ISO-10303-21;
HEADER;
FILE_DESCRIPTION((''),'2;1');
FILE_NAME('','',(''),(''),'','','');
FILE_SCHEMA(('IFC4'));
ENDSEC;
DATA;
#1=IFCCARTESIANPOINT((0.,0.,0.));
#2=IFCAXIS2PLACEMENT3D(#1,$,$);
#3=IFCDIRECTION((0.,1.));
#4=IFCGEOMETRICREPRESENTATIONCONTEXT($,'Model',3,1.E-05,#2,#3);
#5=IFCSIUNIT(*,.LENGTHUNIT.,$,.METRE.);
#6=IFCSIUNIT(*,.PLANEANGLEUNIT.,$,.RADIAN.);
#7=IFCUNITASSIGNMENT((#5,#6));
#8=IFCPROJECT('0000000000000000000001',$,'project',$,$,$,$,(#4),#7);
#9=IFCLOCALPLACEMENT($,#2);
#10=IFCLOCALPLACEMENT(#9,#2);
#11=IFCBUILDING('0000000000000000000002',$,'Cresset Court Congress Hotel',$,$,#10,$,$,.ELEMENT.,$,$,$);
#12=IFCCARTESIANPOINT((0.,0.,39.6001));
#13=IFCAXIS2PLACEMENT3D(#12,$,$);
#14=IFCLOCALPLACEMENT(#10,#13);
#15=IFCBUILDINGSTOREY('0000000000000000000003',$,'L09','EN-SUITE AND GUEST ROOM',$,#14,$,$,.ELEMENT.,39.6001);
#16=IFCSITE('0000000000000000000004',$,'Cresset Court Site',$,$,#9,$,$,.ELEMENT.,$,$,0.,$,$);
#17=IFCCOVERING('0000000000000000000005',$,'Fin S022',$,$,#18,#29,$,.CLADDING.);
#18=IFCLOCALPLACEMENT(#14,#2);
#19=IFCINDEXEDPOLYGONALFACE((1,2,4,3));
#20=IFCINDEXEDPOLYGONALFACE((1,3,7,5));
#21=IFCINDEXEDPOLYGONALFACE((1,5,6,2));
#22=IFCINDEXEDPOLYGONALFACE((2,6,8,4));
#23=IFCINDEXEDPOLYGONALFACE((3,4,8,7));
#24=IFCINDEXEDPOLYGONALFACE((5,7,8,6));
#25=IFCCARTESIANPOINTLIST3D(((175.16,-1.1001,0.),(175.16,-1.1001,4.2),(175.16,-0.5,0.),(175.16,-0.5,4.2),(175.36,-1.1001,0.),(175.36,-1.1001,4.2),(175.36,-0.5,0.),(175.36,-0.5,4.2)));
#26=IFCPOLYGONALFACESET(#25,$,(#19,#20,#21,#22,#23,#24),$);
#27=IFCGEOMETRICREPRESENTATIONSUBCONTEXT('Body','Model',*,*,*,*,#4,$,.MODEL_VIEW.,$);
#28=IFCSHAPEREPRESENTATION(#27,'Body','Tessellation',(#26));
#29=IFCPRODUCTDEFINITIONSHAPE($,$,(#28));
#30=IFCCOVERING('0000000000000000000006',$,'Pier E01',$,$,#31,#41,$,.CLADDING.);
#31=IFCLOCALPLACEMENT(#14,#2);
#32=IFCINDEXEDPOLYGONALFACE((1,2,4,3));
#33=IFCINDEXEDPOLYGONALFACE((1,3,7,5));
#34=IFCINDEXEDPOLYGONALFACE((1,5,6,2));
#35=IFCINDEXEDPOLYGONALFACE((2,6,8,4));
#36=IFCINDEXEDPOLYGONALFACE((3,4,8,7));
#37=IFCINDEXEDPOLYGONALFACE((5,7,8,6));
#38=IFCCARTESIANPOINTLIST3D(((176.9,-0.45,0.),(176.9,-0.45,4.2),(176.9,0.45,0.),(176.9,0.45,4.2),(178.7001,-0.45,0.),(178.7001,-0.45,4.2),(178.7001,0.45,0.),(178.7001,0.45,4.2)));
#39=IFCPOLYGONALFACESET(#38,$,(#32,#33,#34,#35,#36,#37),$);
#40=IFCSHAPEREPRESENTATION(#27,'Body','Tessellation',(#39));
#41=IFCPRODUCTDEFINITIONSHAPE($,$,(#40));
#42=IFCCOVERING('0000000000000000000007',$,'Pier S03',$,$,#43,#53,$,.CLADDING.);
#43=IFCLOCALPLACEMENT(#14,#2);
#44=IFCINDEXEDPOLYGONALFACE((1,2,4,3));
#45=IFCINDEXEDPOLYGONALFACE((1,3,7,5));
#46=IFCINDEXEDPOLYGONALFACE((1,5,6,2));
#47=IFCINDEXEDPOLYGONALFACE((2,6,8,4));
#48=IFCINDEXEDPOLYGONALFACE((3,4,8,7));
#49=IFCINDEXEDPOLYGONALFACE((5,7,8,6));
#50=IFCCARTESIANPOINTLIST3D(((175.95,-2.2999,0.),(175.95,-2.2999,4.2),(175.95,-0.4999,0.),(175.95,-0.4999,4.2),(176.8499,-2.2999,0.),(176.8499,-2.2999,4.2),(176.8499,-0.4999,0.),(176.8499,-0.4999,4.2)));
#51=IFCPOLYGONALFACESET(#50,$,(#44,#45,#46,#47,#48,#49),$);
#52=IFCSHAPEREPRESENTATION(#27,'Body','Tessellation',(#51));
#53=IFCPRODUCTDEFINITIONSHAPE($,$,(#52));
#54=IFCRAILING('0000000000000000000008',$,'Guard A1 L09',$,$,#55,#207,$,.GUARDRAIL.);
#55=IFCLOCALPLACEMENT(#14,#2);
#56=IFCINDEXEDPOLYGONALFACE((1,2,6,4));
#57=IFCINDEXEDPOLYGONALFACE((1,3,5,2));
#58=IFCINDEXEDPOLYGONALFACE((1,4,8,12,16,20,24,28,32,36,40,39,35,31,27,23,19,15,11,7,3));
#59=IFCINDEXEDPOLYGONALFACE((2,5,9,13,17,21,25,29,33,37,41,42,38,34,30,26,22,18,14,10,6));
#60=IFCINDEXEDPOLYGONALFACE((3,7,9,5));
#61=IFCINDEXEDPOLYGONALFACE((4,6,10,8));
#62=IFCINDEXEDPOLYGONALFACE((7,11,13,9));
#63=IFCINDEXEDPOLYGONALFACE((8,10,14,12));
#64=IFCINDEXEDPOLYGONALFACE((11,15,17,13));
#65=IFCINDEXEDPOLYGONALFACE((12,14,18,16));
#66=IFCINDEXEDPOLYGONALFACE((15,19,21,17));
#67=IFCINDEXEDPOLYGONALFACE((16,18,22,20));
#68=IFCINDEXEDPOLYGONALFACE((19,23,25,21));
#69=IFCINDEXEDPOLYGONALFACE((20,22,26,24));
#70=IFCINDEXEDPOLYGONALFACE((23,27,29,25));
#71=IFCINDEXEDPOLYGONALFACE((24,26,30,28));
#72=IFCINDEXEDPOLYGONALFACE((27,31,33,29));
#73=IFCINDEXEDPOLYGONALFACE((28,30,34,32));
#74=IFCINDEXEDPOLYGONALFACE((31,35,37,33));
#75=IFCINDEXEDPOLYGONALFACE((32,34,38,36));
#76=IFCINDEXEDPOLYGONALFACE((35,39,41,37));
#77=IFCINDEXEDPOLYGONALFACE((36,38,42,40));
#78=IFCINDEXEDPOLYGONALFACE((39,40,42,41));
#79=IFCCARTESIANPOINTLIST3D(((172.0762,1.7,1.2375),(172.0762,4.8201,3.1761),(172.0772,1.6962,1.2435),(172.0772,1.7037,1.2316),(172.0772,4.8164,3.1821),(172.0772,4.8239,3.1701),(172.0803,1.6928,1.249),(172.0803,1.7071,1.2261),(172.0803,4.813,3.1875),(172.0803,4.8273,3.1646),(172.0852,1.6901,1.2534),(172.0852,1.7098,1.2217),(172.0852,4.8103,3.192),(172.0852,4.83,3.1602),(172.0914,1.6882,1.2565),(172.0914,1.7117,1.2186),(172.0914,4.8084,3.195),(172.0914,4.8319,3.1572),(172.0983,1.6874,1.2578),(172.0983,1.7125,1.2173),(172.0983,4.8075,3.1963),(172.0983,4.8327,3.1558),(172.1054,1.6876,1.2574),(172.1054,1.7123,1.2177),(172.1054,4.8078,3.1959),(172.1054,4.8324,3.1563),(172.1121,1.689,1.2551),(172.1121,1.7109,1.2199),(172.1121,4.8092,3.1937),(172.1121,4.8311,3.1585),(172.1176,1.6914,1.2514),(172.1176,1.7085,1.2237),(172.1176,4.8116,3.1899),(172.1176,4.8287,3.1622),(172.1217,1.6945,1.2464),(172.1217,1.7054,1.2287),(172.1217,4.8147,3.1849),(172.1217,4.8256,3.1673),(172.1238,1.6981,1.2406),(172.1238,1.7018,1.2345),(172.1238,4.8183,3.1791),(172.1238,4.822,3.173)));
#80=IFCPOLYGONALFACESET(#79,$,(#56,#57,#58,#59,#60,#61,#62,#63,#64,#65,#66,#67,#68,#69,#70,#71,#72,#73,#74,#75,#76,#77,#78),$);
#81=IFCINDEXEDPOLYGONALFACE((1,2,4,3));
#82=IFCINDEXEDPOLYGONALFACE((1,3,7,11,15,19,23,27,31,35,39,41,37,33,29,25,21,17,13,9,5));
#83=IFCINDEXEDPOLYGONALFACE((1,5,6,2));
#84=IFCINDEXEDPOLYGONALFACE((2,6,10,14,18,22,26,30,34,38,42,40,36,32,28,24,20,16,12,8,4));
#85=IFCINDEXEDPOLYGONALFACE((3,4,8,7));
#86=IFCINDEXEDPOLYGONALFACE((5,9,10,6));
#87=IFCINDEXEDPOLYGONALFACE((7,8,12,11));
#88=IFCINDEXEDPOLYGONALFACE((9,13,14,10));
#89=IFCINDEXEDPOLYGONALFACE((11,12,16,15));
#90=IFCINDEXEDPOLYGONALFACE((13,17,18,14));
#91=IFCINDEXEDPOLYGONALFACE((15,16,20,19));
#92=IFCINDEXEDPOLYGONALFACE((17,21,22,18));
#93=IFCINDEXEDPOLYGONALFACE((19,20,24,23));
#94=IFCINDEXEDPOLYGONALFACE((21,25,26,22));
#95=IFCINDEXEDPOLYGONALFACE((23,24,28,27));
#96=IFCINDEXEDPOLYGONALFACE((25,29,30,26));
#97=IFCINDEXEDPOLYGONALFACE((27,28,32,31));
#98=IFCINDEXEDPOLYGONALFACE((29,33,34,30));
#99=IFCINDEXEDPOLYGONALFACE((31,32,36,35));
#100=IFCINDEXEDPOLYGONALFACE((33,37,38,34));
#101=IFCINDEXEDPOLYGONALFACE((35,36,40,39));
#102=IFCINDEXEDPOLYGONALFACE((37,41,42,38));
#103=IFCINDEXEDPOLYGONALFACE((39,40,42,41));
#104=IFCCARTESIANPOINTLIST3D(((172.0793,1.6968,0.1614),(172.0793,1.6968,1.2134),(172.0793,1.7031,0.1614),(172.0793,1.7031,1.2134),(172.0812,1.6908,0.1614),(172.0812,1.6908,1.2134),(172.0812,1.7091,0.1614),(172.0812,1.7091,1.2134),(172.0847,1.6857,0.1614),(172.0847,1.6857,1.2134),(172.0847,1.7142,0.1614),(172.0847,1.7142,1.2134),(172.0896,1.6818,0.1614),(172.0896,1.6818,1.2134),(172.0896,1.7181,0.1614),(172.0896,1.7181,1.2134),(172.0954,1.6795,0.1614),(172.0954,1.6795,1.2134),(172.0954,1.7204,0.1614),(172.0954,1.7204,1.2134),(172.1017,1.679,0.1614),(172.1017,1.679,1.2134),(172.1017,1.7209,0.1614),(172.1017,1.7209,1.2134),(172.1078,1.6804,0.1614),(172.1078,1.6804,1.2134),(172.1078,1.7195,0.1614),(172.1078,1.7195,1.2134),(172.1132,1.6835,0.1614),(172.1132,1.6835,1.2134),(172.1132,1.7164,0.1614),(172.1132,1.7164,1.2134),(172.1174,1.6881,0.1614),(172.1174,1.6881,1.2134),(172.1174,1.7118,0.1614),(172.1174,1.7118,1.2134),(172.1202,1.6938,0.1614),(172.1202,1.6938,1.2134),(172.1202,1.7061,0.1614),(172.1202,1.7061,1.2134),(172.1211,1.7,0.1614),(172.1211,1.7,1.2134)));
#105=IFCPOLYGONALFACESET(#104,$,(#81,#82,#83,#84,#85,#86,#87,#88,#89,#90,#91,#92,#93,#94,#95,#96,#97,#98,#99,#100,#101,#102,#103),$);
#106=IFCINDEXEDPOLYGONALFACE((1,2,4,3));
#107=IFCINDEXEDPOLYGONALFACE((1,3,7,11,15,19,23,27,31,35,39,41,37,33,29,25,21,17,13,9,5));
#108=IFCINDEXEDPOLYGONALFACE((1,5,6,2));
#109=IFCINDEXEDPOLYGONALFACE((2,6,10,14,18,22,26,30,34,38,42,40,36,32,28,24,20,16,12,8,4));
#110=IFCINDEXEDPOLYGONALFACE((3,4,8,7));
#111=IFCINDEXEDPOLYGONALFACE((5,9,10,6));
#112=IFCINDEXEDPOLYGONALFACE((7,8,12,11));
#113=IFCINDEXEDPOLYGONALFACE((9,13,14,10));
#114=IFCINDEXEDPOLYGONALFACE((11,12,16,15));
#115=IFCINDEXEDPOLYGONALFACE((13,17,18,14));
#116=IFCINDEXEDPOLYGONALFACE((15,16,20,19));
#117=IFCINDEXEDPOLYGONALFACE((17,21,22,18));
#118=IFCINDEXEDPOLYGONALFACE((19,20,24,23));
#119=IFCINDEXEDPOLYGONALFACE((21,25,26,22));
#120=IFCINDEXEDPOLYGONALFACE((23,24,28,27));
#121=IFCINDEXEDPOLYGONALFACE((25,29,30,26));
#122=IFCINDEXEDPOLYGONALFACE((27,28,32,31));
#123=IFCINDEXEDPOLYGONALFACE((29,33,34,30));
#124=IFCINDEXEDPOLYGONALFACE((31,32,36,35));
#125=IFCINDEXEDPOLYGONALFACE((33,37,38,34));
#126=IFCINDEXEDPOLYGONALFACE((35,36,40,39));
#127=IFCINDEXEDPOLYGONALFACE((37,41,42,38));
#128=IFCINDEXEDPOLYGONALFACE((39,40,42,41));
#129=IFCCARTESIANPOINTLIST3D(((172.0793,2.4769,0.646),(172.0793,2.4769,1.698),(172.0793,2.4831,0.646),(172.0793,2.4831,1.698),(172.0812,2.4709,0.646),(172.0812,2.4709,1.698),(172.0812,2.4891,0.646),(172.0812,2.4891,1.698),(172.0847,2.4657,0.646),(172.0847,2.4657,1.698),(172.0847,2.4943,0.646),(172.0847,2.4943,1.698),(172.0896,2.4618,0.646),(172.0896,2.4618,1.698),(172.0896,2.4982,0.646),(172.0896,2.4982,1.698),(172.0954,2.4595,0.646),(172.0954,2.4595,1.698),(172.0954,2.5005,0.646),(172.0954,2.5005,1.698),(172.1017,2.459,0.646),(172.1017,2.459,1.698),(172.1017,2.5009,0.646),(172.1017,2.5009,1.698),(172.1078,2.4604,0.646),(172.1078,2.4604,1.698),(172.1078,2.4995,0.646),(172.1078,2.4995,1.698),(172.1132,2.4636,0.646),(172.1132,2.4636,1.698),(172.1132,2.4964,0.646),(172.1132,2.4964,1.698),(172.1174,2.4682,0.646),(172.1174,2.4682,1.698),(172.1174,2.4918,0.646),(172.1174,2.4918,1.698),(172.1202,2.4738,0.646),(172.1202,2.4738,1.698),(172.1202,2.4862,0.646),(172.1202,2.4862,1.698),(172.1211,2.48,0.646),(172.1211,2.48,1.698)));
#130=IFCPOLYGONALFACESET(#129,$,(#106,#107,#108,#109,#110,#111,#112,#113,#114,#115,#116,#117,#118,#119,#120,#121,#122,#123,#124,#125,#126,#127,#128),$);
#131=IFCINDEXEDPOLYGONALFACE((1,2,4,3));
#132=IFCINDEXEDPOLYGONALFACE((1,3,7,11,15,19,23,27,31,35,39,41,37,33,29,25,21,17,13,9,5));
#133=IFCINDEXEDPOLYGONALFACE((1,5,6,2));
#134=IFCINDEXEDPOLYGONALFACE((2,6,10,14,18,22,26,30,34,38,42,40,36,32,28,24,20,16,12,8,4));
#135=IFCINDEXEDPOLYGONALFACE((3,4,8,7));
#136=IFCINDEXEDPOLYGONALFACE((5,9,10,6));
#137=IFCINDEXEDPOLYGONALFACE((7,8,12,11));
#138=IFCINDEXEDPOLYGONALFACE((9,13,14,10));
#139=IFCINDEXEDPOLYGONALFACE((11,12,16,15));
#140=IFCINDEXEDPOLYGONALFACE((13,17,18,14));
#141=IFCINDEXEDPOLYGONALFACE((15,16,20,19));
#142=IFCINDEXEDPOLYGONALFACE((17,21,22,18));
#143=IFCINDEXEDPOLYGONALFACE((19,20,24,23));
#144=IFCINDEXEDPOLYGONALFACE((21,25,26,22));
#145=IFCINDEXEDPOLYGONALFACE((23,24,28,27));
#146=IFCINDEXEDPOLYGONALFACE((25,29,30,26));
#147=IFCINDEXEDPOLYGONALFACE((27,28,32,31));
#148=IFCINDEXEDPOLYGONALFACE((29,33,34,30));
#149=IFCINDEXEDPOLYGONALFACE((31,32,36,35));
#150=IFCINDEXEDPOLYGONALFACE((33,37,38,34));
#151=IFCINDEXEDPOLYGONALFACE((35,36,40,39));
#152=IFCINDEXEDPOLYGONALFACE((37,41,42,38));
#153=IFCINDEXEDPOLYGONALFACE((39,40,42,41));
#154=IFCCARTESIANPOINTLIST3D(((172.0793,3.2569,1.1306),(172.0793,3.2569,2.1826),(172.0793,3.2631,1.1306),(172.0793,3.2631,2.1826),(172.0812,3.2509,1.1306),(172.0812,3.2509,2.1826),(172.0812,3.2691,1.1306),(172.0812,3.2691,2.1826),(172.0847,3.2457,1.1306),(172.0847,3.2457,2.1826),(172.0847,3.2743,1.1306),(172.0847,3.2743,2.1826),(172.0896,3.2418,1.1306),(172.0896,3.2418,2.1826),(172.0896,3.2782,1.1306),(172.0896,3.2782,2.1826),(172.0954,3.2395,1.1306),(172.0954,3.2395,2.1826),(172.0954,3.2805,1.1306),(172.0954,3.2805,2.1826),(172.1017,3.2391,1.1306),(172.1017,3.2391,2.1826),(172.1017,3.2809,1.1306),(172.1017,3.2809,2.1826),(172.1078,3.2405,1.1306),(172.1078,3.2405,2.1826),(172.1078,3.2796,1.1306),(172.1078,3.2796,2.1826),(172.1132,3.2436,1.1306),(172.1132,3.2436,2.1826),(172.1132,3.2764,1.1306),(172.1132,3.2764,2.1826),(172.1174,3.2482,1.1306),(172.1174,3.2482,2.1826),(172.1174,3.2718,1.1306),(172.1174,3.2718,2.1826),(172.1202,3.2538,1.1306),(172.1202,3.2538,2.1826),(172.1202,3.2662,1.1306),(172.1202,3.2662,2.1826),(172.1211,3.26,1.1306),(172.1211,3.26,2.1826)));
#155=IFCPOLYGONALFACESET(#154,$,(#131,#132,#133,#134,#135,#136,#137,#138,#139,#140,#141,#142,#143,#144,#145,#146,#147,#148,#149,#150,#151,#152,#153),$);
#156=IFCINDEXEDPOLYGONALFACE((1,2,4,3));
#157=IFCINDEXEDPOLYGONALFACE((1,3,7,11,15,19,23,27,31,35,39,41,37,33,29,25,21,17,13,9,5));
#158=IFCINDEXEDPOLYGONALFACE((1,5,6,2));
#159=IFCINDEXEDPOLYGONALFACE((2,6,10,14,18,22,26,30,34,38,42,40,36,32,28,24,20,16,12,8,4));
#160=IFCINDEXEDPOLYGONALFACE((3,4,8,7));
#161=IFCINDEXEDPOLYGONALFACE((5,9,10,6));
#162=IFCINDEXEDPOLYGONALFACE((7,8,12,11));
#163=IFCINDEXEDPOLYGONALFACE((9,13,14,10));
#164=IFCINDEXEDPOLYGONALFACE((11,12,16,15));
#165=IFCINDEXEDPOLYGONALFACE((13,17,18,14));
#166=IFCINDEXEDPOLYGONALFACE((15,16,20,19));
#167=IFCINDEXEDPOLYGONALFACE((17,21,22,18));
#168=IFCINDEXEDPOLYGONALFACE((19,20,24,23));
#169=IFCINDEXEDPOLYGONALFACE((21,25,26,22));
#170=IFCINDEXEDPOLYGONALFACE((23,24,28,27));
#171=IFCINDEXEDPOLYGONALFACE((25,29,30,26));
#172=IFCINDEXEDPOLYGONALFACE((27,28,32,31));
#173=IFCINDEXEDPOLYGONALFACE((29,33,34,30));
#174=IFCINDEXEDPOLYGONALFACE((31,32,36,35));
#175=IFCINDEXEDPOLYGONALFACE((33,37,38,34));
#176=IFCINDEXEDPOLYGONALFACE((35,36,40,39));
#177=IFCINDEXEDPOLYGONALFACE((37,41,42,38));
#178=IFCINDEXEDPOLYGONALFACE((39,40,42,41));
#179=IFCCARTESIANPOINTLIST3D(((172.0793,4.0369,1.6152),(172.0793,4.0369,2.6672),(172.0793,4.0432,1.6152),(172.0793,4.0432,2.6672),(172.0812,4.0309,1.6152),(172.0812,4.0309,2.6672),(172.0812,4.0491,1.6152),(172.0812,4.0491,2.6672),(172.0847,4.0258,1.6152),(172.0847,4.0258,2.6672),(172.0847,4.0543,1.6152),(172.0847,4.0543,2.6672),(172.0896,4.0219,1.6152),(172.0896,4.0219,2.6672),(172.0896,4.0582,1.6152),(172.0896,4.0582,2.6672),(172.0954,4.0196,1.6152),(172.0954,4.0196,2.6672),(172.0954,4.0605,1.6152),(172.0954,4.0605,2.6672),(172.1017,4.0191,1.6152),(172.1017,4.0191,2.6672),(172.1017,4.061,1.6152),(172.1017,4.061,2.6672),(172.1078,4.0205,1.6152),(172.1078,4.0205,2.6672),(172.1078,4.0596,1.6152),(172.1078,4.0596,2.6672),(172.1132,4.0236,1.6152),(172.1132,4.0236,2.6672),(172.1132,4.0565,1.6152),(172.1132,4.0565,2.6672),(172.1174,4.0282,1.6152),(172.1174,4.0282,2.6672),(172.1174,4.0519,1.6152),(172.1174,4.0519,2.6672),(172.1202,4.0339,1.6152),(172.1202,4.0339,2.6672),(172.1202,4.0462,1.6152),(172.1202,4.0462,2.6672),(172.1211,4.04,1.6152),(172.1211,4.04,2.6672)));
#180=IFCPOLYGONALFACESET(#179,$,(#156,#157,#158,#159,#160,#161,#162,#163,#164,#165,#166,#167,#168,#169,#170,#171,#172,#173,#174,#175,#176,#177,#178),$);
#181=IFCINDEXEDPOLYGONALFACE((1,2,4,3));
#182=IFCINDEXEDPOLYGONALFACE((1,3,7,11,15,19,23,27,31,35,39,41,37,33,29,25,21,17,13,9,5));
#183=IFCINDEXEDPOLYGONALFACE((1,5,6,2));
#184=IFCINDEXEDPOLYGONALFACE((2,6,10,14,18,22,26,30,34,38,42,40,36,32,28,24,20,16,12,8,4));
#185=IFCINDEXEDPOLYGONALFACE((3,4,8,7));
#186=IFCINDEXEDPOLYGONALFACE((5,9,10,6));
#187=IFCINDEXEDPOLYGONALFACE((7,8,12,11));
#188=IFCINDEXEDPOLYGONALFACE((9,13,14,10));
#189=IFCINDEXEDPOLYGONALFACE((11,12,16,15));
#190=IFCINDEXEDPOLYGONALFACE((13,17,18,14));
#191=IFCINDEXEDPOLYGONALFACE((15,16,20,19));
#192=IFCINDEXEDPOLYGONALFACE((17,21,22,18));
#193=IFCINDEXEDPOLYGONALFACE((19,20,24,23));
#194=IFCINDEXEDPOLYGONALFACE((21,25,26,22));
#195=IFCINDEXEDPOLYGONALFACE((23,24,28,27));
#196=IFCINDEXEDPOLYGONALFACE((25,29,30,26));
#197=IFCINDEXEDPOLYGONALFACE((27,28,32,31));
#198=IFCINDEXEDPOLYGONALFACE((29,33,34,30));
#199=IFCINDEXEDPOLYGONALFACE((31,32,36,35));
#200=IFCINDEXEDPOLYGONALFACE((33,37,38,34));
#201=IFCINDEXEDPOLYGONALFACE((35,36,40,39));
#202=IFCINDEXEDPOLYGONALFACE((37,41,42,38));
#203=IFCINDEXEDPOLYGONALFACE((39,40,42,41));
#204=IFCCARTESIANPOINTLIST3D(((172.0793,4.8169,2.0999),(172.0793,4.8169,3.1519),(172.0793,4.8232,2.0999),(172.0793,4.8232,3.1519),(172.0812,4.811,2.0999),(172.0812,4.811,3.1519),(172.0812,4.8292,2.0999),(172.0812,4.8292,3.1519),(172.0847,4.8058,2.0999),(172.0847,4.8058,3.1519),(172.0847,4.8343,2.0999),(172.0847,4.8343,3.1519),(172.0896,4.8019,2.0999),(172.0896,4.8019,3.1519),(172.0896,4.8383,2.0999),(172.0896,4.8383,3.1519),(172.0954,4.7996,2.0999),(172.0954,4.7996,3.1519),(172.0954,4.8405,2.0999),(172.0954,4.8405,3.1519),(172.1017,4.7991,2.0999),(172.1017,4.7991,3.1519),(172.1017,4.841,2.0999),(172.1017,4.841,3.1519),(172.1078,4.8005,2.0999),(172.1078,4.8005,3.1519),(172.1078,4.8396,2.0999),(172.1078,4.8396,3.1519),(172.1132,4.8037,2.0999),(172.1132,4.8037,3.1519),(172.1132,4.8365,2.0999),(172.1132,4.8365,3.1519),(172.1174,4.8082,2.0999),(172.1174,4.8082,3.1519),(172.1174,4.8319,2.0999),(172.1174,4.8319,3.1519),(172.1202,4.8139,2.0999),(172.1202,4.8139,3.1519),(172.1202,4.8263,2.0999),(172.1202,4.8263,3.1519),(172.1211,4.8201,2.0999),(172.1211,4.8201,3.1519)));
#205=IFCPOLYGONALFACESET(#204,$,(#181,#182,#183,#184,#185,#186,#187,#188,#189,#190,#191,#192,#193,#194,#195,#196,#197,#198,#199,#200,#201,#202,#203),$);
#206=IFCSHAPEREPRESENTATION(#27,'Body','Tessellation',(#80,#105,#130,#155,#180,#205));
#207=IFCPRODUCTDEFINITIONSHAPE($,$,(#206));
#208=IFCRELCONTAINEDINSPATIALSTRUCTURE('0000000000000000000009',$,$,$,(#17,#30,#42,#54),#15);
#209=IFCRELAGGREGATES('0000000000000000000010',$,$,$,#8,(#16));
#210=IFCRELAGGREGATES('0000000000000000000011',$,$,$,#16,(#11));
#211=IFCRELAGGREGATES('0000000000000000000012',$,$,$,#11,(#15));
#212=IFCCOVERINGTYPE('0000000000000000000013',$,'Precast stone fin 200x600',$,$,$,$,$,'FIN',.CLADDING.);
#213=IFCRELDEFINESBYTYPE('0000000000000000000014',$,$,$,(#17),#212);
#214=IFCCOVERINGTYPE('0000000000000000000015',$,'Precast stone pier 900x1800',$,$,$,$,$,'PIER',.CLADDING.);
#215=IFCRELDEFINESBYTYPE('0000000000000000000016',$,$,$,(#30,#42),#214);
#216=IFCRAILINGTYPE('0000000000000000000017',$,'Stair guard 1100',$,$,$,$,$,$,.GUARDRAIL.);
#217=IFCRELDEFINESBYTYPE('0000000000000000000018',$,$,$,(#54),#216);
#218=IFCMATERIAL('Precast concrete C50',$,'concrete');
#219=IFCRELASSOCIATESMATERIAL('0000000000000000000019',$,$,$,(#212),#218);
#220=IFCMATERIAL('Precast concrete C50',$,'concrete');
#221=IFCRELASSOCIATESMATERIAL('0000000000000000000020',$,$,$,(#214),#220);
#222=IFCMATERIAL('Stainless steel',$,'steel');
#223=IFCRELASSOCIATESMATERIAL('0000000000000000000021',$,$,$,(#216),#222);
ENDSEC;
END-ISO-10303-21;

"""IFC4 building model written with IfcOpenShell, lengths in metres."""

from ifc_helpers import new_model, si_unit, direction, frame, origin, origin_2d, place, context, subcontext, project, spatial, rectangle, circle, extrude, material, type_object, element, save


model = new_model("IFC4")

# Units and contexts
model_context = context("Model", 3, precision=1e-05, world=origin(), true_north=direction((0.0, 1.0)))
body_context = subcontext(model_context, "Body", "Model", "MODEL_VIEW")
ifc_project = project(units=[si_unit("LENGTHUNIT", "METRE"), si_unit("PLANEANGLEUNIT", "RADIAN")], contexts=[model_context])

# Site, building, storey
site_placement = place(None, origin())
site = spatial("IfcSite", under=ifc_project, at=site_placement, Name="Cresset Court Site", CompositionType="ELEMENT", RefElevation=0.0)
building_placement = place(site_placement, origin())
building = spatial("IfcBuilding", under=site, at=building_placement, Name="Cresset Court Congress Hotel", CompositionType="ELEMENT")
storey_placement = place(building_placement, frame((0.0, 0.0, 39.6001)))
storey = spatial("IfcBuildingStorey", under=building, at=storey_placement, Name="L09", Description="EN-SUITE AND GUEST ROOM", CompositionType="ELEMENT", Elevation=39.6001)

# Coverings
ifc_material_1 = material(Name="Precast concrete C50", Category="concrete")
covering_type_1 = type_object("IfcCoveringType", Name="Precast stone fin 200x600", ElementType="FIN", PredefinedType="CLADDING", material=ifc_material_1)
for number, where, z_axis, x_axis, name in (
    (1, (175.26, -0.8, 0.0), (0.0, 0.0, 1.0), (1.0, 0.0, 0.0), "Fin S022"),
):
    element("IfcCovering", number, at=place(storey_placement, frame(where, z_axis=z_axis, x_axis=x_axis)), inside=storey, type_object=covering_type_1, Name=name, PredefinedType="CLADDING", context=body_context, shape_type="SweptSolid", body=[
        extrude(rectangle(XDim=0.2, YDim=0.6001, at=origin_2d()), origin(), (0.0, 0.0, 1.0), 4.2),
    ])
ifc_material_2 = material(Name="Precast concrete C50", Category="concrete")
covering_type_2 = type_object("IfcCoveringType", Name="Precast stone pier 900x1800", ElementType="PIER", PredefinedType="CLADDING", material=ifc_material_2)
covering_1_placement = place(storey_placement, frame((177.8, 0.0, 0.0), z_axis=(0.0, 0.0, 1.0), x_axis=(1.0, 0.0, 0.0)))
element("IfcCovering", 2, at=covering_1_placement, inside=storey, type_object=covering_type_2, Name="Pier E01", PredefinedType="CLADDING", context=body_context, shape_type="SweptSolid", body=[
    extrude(rectangle(XDim=1.8, YDim=0.8999, at=origin_2d()), origin(), (0.0, 0.0, 1.0), 4.2),
])
covering_2_placement = place(storey_placement, frame((176.3999, -1.3999, 0.0), z_axis=(0.0, 0.0, 1.0), x_axis=(1.0, 0.0, 0.0)))
element("IfcCovering", 3, at=covering_2_placement, inside=storey, type_object=covering_type_2, Name="Pier S03", PredefinedType="CLADDING", context=body_context, shape_type="SweptSolid", body=[
    extrude(rectangle(XDim=0.8999, YDim=1.8, at=origin_2d()), origin(), (0.0, 0.0, 1.0), 4.2),
])

# Railing
ifc_material_3 = material(Name="Stainless steel", Category="steel")
railing_type = type_object("IfcRailingType", Name="Stair guard 1100", PredefinedType="GUARDRAIL", material=ifc_material_3)
railing_1_placement = place(storey_placement, frame((172.1001, 1.7, 0.1614)))
element("IfcRailing", 4, at=railing_1_placement, inside=storey, type_object=railing_type, Name="Guard A1 L09", PredefinedType="GUARDRAIL", context=body_context, shape_type="SweptSolid", body=[
    extrude(circle(Radius=0.0239, at=origin_2d()), frame((0.0, 0.0, 1.0762), z_axis=(0.0, 0.849414, 0.527727), x_axis=(-1.0, 0.0, 0.0)), (0.0, 0.0, 1.0), 3.6733),
    extrude(circle(Radius=0.021, at=origin_2d()), origin(), (0.0, 0.0, 1.0), 1.052),
    extrude(circle(Radius=0.021, at=origin_2d()), frame((0.0, 0.78, 0.4846)), (0.0, 0.0, 1.0), 1.052),
    extrude(circle(Radius=0.021, at=origin_2d()), frame((0.0, 1.5601, 0.9692)), (0.0, 0.0, 1.0), 1.052),
    extrude(circle(Radius=0.021, at=origin_2d()), frame((0.0, 2.3401, 1.4539)), (0.0, 0.0, 1.0), 1.052),
    extrude(circle(Radius=0.021, at=origin_2d()), frame((0.0, 3.1201, 1.9385)), (0.0, 0.0, 1.0), 1.052),
])

save(model, "model.ifc")
